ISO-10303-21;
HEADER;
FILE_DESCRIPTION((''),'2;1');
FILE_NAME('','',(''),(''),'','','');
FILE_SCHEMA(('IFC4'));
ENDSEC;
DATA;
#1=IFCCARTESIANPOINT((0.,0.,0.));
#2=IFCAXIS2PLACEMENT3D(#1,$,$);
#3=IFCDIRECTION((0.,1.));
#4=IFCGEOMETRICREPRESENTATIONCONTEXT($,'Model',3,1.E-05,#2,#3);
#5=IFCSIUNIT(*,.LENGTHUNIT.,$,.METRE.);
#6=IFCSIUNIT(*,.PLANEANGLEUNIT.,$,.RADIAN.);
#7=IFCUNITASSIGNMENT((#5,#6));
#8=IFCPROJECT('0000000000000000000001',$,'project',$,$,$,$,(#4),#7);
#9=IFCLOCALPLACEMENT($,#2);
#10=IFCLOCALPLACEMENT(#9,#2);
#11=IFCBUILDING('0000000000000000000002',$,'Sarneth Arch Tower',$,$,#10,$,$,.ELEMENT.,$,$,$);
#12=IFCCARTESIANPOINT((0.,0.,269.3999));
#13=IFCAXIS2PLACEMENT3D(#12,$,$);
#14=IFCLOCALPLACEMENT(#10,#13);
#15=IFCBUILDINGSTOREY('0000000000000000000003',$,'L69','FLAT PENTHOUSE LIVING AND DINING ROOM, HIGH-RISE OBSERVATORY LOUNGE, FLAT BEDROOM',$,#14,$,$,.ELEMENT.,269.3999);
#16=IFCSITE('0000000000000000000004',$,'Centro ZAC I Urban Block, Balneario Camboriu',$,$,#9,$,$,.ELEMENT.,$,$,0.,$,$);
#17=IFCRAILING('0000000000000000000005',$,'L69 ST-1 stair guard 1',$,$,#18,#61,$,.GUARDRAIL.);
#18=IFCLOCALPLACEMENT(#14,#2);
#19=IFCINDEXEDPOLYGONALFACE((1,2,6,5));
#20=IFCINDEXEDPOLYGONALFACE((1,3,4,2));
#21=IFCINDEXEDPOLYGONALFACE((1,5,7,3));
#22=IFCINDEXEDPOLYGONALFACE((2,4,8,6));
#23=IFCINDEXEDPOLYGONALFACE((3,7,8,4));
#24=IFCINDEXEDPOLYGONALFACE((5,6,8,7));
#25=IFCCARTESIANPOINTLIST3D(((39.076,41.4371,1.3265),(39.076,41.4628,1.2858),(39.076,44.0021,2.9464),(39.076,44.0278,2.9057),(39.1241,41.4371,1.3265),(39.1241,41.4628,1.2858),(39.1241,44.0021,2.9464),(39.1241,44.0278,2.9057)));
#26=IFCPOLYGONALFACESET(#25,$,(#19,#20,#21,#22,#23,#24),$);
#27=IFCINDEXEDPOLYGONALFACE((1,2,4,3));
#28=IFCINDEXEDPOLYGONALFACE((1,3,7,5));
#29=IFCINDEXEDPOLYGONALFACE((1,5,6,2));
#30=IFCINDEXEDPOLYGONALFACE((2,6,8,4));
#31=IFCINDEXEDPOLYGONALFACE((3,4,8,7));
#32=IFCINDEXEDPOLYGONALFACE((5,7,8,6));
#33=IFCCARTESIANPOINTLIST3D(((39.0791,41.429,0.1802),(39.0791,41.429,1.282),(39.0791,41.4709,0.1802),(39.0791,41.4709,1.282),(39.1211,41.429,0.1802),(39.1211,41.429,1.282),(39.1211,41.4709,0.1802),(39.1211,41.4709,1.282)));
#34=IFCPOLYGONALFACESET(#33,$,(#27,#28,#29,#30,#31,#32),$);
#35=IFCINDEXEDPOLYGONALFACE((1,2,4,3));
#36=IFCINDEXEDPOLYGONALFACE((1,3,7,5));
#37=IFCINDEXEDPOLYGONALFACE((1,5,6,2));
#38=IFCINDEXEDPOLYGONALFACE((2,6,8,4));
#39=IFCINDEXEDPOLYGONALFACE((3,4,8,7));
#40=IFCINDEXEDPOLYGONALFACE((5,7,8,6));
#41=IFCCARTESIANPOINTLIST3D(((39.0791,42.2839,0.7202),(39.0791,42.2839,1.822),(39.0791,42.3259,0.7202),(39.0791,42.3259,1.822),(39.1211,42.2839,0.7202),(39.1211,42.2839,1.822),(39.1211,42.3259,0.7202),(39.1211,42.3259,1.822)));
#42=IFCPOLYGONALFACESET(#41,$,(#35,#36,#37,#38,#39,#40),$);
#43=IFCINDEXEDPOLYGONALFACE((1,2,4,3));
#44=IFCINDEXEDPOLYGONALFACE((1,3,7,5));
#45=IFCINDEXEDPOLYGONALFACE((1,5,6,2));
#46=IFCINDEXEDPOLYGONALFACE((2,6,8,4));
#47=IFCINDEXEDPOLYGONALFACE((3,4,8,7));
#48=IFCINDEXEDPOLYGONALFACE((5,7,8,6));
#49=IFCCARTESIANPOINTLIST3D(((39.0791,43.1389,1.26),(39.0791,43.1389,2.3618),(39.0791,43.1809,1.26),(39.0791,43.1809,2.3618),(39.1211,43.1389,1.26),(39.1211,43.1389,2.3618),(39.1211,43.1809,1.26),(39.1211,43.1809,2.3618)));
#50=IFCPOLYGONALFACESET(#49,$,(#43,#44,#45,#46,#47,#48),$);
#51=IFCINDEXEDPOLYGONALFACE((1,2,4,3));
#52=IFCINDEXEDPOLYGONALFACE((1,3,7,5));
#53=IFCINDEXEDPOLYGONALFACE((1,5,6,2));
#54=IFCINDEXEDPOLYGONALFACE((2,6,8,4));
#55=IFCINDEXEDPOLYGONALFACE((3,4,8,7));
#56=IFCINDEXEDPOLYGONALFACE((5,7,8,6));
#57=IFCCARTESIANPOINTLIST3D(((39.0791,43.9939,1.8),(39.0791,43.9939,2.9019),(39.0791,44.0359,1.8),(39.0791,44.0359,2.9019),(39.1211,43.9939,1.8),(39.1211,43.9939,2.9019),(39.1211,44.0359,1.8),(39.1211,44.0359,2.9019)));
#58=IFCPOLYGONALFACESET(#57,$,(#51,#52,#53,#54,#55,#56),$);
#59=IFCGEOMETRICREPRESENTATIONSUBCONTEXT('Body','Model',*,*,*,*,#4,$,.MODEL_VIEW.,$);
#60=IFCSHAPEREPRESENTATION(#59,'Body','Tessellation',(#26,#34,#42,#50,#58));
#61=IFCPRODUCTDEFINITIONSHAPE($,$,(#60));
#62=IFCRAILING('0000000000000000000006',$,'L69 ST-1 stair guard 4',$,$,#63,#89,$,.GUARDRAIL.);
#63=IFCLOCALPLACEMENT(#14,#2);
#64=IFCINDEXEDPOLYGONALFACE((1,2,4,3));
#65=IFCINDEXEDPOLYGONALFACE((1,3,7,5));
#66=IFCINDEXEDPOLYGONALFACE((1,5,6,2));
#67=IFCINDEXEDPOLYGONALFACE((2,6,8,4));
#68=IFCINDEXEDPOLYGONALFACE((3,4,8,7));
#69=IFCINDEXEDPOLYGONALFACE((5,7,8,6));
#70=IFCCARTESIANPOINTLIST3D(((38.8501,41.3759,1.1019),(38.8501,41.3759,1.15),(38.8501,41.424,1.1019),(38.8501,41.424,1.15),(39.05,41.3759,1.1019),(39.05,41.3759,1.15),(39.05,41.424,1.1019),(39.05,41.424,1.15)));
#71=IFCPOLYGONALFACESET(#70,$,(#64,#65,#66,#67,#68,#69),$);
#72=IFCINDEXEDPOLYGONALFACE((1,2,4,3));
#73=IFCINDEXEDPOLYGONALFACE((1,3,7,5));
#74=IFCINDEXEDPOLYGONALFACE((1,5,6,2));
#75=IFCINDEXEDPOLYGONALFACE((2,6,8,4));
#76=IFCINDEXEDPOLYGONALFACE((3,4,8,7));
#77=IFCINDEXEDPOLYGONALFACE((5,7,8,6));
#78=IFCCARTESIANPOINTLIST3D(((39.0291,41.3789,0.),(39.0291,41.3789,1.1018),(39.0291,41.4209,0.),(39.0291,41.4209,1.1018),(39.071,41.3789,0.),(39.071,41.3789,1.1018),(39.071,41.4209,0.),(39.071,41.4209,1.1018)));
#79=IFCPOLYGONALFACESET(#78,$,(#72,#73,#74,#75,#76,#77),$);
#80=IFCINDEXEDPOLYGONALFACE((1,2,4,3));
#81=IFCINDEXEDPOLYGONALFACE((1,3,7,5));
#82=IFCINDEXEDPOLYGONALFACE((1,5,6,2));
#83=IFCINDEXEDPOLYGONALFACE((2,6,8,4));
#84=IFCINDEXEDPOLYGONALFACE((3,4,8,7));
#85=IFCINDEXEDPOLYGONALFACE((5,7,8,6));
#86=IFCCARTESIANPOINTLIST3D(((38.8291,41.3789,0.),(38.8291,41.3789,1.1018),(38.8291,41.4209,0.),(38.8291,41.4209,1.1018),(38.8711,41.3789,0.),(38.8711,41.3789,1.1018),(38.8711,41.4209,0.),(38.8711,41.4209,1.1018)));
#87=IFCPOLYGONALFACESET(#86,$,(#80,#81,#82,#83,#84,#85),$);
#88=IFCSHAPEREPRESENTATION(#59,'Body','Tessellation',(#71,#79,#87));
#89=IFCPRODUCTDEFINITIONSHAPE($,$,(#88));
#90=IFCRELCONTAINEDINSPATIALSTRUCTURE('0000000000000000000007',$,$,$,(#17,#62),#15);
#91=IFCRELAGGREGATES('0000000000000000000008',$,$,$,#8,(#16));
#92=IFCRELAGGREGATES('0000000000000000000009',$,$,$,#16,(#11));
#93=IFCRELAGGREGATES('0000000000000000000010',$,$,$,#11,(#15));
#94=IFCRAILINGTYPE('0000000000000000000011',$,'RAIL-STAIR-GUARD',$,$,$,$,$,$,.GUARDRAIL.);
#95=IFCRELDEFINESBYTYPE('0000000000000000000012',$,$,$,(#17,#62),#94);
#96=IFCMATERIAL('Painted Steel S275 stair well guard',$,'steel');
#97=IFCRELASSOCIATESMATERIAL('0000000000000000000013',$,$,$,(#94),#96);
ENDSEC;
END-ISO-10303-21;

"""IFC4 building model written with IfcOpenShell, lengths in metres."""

from ifc_helpers import new_model, si_unit, direction, frame, origin, origin_2d, place, context, subcontext, project, spatial, rectangle, extrude, material, type_object, element, save


model = new_model("IFC4")

# Units and contexts
model_context = context("Model", 3, precision=1e-05, world=origin(), true_north=direction((0.0, 1.0)))
body_context = subcontext(model_context, "Body", "Model", "MODEL_VIEW")
ifc_project = project(units=[si_unit("LENGTHUNIT", "METRE"), si_unit("PLANEANGLEUNIT", "RADIAN")], contexts=[model_context])

# Site, building, storey
site_placement = place(None, origin())
site = spatial("IfcSite", under=ifc_project, at=site_placement, Name="Centro ZAC I Urban Block, Balneario Camboriu", CompositionType="ELEMENT", RefElevation=0.0)
building_placement = place(site_placement, origin())
building = spatial("IfcBuilding", under=site, at=building_placement, Name="Sarneth Arch Tower", CompositionType="ELEMENT")
storey_placement = place(building_placement, frame((0.0, 0.0, 269.3999)))
storey = spatial("IfcBuildingStorey", under=building, at=storey_placement, Name="L69", Description="FLAT PENTHOUSE LIVING AND DINING ROOM, HIGH-RISE OBSERVATORY LOUNGE, FLAT BEDROOM", CompositionType="ELEMENT", Elevation=269.3999)

# Railings
ifc_material_1 = material(Name="Painted Steel S275 stair well guard", Category="steel")
railing_type_1 = type_object("IfcRailingType", Name="RAIL-STAIR-GUARD", PredefinedType="GUARDRAIL", material=ifc_material_1)
railing_1_placement = place(storey_placement, frame((39.1001, 41.45, 0.1802)))
element("IfcRailing", 1, at=railing_1_placement, inside=storey, type_object=railing_type_1, Name="L69 ST-1 stair guard 1", PredefinedType="GUARDRAIL", context=body_context, shape_type="SweptSolid", body=[
    extrude(rectangle(XDim=0.0481, YDim=0.0481, at=origin_2d()), frame((0.0, 0.0, 1.126), z_axis=(0.0, 0.845502, 0.533972), x_axis=(-1.0, 0.0, 0.0)), (0.0, 0.0, 1.0), 3.0337),
    extrude(rectangle(XDim=0.042, YDim=0.042, at=origin_2d()), origin(), (0.0, 0.0, 1.0), 1.1018),
    extrude(rectangle(XDim=0.042, YDim=0.042, at=origin_2d()), frame((0.0, 0.855, 0.54)), (0.0, 0.0, 1.0), 1.1018),
    extrude(rectangle(XDim=0.042, YDim=0.042, at=origin_2d()), frame((0.0, 1.71, 1.0798)), (0.0, 0.0, 1.0), 1.1018),
    extrude(rectangle(XDim=0.042, YDim=0.042, at=origin_2d()), frame((0.0, 2.5649, 1.6199)), (0.0, 0.0, 1.0), 1.1018),
])
railing_2_placement = place(storey_placement, frame((39.05, 41.3999, 0.0)))
element("IfcRailing", 2, at=railing_2_placement, inside=storey, type_object=railing_type_1, Name="L69 ST-1 stair guard 4", PredefinedType="GUARDRAIL", context=body_context, shape_type="SweptSolid", body=[
    extrude(rectangle(XDim=0.0481, YDim=0.0481, at=origin_2d()), frame((0.0, 0.0, 1.126), z_axis=(-1.0, 0.0, 0.0), x_axis=(0.0, -1.0, 0.0)), (0.0, 0.0, 1.0), 0.2),
    extrude(rectangle(XDim=0.042, YDim=0.042, at=origin_2d()), origin(), (0.0, 0.0, 1.0), 1.1018),
    extrude(rectangle(XDim=0.042, YDim=0.042, at=origin_2d()), frame((-0.2, 0.0, 0.0)), (0.0, 0.0, 1.0), 1.1018),
])

save(model, "model.ifc")
